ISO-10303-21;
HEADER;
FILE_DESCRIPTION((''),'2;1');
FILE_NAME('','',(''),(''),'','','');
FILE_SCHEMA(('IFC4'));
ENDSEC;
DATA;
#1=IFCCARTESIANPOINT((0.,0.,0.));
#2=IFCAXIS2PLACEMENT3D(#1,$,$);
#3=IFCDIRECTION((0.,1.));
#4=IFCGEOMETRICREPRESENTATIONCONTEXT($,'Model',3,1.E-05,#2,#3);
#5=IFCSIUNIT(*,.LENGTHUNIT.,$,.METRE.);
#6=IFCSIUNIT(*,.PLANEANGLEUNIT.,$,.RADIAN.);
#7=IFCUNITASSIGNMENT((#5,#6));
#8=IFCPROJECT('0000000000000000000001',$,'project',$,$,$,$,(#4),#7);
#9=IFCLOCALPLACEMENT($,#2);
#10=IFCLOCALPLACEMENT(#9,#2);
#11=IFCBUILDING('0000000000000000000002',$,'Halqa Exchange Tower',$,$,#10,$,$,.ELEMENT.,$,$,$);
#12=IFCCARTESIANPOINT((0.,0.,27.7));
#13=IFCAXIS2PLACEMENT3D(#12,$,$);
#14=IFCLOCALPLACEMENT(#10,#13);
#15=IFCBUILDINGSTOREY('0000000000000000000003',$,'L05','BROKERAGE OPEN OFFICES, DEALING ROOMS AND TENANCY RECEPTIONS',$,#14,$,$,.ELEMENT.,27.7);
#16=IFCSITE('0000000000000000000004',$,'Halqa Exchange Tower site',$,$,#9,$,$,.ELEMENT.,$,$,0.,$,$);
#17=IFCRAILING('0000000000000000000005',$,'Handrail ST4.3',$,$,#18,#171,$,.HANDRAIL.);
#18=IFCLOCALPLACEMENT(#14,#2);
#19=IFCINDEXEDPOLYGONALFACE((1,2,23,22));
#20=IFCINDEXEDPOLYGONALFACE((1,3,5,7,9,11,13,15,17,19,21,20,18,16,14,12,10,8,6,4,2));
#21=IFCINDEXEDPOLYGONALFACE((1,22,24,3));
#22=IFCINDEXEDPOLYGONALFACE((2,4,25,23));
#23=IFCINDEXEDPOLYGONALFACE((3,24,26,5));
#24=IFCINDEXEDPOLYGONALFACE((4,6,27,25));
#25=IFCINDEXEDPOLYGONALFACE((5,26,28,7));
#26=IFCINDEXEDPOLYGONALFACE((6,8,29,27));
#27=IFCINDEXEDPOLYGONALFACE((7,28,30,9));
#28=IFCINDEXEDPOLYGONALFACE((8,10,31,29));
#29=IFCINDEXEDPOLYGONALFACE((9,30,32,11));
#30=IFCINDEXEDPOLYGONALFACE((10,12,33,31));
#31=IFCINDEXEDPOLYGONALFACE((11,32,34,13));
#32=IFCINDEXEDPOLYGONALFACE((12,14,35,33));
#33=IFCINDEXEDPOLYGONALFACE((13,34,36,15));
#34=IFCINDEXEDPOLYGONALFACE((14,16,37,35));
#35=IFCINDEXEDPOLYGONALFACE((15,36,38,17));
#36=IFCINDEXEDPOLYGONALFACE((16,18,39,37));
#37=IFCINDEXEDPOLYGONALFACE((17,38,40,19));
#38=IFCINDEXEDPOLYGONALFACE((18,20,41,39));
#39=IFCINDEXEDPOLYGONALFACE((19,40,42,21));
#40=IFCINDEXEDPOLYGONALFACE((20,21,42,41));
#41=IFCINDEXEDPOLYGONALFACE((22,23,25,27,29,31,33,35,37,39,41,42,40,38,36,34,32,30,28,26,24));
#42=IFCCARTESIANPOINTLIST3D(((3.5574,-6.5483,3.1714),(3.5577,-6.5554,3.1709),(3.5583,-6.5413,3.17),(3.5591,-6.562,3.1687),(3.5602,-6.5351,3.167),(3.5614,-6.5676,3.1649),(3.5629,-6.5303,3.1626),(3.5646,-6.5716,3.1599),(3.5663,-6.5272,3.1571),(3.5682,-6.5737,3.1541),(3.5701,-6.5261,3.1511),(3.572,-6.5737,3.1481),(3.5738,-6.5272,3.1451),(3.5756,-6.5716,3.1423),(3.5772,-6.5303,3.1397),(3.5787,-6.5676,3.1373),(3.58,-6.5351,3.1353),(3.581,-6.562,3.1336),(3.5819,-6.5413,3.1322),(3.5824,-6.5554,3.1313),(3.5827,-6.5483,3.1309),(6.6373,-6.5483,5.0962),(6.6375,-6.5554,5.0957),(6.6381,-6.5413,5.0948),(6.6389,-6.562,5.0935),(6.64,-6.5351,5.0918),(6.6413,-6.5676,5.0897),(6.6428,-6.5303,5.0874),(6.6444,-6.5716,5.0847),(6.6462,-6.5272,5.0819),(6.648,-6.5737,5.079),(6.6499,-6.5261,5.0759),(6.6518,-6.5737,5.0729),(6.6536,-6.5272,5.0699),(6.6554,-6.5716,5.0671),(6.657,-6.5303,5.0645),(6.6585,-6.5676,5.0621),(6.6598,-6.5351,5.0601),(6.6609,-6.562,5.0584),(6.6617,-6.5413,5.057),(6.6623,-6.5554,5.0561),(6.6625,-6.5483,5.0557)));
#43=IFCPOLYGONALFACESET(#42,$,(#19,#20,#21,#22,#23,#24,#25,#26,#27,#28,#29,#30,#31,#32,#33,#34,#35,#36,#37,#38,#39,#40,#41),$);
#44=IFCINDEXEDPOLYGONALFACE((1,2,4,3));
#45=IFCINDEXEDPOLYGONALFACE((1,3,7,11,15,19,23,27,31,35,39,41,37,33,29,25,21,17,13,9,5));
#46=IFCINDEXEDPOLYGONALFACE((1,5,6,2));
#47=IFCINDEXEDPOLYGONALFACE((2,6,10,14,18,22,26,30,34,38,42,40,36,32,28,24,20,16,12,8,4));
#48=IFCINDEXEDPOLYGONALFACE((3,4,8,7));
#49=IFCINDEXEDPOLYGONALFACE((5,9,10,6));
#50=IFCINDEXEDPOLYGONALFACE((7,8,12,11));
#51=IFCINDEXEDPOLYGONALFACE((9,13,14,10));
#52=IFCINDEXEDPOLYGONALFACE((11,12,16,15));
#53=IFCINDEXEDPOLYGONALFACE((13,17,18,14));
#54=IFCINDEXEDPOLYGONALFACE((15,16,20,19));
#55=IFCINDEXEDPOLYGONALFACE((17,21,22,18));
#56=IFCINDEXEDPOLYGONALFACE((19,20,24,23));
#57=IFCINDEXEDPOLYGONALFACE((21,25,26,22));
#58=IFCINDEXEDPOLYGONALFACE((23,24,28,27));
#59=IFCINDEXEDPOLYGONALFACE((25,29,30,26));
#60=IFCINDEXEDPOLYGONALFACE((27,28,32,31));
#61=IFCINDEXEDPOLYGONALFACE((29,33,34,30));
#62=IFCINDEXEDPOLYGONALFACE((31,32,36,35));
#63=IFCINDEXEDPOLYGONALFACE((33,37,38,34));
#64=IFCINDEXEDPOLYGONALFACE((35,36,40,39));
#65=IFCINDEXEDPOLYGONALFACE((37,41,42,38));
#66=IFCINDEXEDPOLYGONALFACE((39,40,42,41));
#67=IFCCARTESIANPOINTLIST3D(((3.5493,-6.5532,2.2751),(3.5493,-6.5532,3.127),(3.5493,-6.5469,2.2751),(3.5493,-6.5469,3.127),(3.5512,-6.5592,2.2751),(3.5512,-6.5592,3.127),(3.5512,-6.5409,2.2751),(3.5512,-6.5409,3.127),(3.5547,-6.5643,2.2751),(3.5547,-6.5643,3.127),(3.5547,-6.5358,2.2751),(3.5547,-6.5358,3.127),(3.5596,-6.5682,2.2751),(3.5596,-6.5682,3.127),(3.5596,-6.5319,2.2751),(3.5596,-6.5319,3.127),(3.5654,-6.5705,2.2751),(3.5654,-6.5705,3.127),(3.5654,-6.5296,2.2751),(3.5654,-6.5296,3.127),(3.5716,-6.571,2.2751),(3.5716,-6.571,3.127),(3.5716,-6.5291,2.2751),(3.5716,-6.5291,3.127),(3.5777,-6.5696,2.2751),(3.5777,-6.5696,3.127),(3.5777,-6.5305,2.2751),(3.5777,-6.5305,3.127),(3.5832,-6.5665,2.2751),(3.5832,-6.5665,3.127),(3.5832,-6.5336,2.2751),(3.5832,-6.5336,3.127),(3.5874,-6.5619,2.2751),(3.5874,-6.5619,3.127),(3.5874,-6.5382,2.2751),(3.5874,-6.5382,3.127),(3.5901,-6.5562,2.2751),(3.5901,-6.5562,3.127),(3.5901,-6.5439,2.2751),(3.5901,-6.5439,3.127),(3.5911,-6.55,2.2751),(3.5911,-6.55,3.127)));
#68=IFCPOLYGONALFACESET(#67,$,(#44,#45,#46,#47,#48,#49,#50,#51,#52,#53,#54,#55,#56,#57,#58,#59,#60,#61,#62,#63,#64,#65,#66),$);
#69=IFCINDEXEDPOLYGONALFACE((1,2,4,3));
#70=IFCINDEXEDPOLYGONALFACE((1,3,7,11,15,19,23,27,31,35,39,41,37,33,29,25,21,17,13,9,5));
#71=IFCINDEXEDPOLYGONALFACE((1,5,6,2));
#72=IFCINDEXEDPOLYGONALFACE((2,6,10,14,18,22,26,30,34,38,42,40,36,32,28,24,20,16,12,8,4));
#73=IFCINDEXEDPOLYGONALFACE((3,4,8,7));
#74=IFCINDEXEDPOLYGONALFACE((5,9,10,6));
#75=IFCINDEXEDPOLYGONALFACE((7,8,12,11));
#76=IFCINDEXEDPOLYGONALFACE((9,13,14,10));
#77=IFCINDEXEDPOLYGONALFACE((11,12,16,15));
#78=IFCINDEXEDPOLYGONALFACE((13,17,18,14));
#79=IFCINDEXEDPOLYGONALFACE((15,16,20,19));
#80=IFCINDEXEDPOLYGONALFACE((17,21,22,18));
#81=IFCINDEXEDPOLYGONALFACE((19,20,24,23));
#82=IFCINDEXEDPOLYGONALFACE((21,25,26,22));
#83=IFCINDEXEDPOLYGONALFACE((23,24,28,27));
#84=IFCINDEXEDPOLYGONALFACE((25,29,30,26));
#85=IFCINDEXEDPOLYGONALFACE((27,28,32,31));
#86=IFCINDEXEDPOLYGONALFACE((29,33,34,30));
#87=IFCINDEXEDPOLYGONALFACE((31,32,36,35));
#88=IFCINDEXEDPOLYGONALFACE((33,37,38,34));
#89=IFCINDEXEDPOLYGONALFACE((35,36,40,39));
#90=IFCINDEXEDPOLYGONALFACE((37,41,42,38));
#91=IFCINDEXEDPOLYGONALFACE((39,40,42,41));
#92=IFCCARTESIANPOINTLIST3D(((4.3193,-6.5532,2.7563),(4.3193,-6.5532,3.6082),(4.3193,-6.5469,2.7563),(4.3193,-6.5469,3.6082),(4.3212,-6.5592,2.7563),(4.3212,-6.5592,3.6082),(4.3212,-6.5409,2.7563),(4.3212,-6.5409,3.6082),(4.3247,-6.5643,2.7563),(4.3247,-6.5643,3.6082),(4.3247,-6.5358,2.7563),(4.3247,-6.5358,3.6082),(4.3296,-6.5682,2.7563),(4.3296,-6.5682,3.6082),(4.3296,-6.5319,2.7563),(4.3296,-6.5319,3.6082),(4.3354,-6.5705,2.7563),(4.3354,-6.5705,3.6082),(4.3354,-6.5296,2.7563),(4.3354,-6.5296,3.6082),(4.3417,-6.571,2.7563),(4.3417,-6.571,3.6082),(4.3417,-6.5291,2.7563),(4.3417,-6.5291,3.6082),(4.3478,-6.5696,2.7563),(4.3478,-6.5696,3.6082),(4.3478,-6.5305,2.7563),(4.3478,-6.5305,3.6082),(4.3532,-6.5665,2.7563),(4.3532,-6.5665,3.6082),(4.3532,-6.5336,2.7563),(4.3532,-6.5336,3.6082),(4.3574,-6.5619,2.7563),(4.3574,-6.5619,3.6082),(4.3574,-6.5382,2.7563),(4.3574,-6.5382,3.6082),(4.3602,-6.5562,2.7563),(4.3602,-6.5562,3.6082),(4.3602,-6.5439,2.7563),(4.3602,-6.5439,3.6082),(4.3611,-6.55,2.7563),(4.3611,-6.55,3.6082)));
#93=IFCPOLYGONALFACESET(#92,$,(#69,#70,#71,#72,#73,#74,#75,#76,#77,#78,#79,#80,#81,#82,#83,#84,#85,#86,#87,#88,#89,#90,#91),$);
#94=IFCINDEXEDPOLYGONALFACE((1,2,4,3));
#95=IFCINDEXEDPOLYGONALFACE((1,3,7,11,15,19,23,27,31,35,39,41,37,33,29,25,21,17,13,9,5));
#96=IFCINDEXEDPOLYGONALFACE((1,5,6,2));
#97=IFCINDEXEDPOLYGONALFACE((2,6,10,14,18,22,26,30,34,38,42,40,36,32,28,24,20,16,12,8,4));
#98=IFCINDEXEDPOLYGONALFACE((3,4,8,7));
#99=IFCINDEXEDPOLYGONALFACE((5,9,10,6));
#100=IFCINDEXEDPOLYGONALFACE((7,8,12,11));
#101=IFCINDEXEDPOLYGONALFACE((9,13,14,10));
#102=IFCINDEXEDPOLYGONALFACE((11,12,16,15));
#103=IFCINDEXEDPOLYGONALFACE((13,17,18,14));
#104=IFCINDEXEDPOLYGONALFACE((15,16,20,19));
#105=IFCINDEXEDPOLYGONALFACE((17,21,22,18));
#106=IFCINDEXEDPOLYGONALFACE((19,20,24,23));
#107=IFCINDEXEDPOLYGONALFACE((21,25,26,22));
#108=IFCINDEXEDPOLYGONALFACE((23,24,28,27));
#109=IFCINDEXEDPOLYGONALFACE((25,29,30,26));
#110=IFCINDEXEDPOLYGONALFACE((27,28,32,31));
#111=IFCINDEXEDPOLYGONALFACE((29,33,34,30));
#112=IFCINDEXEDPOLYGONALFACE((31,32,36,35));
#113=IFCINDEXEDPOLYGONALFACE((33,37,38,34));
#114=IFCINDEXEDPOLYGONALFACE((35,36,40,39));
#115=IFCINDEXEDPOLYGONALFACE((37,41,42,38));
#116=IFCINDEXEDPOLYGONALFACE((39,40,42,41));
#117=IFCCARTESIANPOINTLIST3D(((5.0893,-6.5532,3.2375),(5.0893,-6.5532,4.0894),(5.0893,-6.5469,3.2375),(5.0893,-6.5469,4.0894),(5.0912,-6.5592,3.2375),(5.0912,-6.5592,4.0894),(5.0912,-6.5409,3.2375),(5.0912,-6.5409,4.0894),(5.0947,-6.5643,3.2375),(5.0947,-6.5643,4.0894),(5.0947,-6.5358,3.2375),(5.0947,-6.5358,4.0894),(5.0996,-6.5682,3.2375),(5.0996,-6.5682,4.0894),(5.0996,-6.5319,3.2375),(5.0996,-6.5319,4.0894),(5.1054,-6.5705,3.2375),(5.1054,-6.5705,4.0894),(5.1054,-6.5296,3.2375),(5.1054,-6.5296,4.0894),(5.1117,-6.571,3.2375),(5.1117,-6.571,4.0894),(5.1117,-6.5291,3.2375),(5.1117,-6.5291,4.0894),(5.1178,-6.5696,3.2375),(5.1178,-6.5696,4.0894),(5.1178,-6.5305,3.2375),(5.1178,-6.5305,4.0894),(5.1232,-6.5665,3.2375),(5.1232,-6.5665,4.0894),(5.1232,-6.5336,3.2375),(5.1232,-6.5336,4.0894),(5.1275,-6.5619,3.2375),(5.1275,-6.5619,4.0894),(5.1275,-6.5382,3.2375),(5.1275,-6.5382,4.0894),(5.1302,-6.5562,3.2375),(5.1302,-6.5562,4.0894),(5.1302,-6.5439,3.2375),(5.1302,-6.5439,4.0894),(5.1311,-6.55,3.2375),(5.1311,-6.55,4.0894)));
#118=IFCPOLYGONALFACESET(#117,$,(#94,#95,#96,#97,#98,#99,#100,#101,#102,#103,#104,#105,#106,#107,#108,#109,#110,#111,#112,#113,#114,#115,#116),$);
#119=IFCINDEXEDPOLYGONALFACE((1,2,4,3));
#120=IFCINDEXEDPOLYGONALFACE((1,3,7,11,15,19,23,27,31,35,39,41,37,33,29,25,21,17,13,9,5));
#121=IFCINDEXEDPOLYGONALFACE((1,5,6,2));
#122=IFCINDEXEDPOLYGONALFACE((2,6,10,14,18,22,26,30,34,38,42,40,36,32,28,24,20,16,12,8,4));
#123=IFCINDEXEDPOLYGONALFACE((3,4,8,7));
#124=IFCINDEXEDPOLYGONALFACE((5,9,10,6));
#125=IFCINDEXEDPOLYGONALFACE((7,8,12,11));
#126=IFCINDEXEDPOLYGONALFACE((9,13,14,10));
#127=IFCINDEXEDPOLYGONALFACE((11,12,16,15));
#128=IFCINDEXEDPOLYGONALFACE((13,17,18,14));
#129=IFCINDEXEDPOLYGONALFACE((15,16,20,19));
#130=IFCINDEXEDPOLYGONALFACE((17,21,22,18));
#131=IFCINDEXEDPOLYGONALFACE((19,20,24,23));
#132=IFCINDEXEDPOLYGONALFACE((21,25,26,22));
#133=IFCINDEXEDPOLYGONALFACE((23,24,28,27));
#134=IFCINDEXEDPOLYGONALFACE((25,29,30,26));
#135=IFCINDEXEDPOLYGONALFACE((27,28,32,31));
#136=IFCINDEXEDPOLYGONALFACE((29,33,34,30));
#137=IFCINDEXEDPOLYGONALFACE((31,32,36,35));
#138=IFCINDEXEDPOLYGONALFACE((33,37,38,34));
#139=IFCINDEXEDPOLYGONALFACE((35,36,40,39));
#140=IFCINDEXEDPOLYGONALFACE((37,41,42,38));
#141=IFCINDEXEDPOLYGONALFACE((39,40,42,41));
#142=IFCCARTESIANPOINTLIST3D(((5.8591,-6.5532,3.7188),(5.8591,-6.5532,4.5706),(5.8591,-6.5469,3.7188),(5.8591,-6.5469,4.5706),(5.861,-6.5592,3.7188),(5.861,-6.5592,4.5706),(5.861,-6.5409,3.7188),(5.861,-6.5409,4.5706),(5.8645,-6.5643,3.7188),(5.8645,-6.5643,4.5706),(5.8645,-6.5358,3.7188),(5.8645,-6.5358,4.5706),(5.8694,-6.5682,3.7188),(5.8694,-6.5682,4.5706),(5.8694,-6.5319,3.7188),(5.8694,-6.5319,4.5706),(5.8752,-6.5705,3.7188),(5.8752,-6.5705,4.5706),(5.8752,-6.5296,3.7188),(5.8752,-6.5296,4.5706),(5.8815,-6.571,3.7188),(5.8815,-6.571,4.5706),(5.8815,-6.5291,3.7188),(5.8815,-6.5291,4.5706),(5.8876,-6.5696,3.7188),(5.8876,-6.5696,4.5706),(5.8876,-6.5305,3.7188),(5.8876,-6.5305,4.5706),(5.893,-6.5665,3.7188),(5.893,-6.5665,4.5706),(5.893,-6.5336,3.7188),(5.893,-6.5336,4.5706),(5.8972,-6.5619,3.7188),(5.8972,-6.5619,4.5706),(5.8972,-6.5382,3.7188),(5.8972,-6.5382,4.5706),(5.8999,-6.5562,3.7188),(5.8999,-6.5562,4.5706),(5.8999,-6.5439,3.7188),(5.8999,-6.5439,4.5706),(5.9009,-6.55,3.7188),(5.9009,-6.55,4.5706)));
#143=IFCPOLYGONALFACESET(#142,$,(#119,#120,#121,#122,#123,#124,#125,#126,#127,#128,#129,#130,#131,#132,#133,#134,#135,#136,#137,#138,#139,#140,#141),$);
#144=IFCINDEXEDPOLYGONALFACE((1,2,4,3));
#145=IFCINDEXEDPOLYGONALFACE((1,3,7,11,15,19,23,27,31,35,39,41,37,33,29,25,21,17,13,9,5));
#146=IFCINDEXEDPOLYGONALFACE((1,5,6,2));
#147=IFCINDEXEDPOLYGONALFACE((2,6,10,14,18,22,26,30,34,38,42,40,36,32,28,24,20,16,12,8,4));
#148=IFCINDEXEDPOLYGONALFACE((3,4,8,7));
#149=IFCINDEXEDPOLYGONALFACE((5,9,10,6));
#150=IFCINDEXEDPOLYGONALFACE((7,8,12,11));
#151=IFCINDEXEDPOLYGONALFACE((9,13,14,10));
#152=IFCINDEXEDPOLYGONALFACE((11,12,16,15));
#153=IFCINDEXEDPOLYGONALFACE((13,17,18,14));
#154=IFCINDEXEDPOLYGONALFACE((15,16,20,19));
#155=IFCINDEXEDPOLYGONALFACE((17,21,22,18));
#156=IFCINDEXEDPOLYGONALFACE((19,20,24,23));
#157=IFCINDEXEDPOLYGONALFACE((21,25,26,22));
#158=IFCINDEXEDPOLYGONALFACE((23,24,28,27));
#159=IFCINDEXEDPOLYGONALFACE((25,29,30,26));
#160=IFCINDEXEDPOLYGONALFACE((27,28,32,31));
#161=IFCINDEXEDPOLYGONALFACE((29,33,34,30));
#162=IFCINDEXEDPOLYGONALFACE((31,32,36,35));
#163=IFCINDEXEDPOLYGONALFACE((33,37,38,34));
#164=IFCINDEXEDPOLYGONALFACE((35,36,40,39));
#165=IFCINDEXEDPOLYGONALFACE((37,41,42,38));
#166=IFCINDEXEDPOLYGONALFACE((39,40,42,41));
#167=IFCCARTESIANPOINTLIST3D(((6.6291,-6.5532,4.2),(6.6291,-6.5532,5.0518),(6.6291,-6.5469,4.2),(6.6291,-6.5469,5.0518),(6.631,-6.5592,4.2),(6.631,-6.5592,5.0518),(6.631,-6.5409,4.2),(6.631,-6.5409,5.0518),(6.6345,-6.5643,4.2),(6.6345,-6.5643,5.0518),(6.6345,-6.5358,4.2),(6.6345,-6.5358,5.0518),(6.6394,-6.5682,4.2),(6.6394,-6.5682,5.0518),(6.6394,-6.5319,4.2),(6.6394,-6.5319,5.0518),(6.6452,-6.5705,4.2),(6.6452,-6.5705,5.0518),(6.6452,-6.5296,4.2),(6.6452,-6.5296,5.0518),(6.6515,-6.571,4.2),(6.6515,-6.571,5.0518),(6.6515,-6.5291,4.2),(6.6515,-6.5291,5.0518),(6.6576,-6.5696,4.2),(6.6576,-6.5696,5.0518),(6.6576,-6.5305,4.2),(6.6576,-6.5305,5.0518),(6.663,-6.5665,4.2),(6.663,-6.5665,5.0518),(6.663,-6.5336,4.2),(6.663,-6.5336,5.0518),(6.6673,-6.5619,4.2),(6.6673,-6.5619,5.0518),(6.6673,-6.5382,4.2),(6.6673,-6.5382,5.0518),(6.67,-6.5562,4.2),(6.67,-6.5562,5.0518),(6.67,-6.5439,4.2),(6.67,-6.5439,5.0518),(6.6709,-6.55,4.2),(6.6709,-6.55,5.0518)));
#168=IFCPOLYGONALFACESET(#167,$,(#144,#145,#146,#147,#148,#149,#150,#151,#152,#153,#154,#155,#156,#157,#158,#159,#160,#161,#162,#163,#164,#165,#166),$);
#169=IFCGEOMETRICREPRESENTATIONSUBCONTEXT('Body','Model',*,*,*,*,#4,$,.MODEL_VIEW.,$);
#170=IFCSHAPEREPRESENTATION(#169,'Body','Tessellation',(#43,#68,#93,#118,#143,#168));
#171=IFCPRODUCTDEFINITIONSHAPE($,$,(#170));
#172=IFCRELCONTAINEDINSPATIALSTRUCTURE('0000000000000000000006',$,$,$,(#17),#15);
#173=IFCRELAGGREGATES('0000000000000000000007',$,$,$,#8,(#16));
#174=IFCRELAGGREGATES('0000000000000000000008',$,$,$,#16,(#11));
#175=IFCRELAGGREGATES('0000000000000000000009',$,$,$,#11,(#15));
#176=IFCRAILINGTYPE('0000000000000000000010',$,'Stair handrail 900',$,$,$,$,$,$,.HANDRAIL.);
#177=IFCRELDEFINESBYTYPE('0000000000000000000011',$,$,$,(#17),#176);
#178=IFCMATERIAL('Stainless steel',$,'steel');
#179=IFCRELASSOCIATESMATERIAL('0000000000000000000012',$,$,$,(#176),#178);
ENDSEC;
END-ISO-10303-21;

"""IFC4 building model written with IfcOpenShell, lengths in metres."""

from ifc_helpers import new_model, si_unit, direction, frame, origin, origin_2d, place, context, subcontext, project, spatial, circle, extrude, material, type_object, element, save


model = new_model("IFC4")

# Units and contexts
model_context = context("Model", 3, precision=1e-05, world=origin(), true_north=direction((0.0, 1.0)))
body_context = subcontext(model_context, "Body", "Model", "MODEL_VIEW")
ifc_project = project(units=[si_unit("LENGTHUNIT", "METRE"), si_unit("PLANEANGLEUNIT", "RADIAN")], contexts=[model_context])

# Site, building, storey
site_placement = place(None, origin())
site = spatial("IfcSite", under=ifc_project, at=site_placement, Name="Halqa Exchange Tower site", CompositionType="ELEMENT", RefElevation=0.0)
building_placement = place(site_placement, origin())
building = spatial("IfcBuilding", under=site, at=building_placement, Name="Halqa Exchange Tower", CompositionType="ELEMENT")
storey_placement = place(building_placement, frame((0.0, 0.0, 27.7)))
storey = spatial("IfcBuildingStorey", under=building, at=storey_placement, Name="L05", Description="BROKERAGE OPEN OFFICES, DEALING ROOMS AND TENANCY RECEPTIONS", CompositionType="ELEMENT", Elevation=27.7)

# Railing
ifc_material_1 = material(Name="Stainless steel", Category="steel")
railing_type_1 = type_object("IfcRailingType", Name="Stair handrail 900", PredefinedType="HANDRAIL", material=ifc_material_1)
railing_1_placement = place(storey_placement, frame((3.5701, -6.55, 2.2751)))
element("IfcRailing", 1, at=railing_1_placement, inside=storey, type_object=railing_type_1, Name="Handrail ST4.3", PredefinedType="HANDRAIL", context=body_context, shape_type="SweptSolid", body=[
    extrude(circle(Radius=0.0239, at=origin_2d()), frame((0.0, 0.0, 0.876), z_axis=(0.84801, 0.0, 0.529981), x_axis=(0.0, 1.0, 0.0)), (0.0, 0.0, 1.0), 3.6318),
    extrude(circle(Radius=0.021, at=origin_2d()), origin(), (0.0, 0.0, 1.0), 0.8518),
    extrude(circle(Radius=0.021, at=origin_2d()), frame((0.77, 0.0, 0.4812)), (0.0, 0.0, 1.0), 0.8518),
    extrude(circle(Radius=0.021, at=origin_2d()), frame((1.54, 0.0, 0.9624)), (0.0, 0.0, 1.0), 0.8518),
    extrude(circle(Radius=0.021, at=origin_2d()), frame((2.3098, 0.0, 1.4436)), (0.0, 0.0, 1.0), 0.8518),
    extrude(circle(Radius=0.021, at=origin_2d()), frame((3.0798, 0.0, 1.9248)), (0.0, 0.0, 1.0), 0.8518),
])

save(model, "model.ifc")
